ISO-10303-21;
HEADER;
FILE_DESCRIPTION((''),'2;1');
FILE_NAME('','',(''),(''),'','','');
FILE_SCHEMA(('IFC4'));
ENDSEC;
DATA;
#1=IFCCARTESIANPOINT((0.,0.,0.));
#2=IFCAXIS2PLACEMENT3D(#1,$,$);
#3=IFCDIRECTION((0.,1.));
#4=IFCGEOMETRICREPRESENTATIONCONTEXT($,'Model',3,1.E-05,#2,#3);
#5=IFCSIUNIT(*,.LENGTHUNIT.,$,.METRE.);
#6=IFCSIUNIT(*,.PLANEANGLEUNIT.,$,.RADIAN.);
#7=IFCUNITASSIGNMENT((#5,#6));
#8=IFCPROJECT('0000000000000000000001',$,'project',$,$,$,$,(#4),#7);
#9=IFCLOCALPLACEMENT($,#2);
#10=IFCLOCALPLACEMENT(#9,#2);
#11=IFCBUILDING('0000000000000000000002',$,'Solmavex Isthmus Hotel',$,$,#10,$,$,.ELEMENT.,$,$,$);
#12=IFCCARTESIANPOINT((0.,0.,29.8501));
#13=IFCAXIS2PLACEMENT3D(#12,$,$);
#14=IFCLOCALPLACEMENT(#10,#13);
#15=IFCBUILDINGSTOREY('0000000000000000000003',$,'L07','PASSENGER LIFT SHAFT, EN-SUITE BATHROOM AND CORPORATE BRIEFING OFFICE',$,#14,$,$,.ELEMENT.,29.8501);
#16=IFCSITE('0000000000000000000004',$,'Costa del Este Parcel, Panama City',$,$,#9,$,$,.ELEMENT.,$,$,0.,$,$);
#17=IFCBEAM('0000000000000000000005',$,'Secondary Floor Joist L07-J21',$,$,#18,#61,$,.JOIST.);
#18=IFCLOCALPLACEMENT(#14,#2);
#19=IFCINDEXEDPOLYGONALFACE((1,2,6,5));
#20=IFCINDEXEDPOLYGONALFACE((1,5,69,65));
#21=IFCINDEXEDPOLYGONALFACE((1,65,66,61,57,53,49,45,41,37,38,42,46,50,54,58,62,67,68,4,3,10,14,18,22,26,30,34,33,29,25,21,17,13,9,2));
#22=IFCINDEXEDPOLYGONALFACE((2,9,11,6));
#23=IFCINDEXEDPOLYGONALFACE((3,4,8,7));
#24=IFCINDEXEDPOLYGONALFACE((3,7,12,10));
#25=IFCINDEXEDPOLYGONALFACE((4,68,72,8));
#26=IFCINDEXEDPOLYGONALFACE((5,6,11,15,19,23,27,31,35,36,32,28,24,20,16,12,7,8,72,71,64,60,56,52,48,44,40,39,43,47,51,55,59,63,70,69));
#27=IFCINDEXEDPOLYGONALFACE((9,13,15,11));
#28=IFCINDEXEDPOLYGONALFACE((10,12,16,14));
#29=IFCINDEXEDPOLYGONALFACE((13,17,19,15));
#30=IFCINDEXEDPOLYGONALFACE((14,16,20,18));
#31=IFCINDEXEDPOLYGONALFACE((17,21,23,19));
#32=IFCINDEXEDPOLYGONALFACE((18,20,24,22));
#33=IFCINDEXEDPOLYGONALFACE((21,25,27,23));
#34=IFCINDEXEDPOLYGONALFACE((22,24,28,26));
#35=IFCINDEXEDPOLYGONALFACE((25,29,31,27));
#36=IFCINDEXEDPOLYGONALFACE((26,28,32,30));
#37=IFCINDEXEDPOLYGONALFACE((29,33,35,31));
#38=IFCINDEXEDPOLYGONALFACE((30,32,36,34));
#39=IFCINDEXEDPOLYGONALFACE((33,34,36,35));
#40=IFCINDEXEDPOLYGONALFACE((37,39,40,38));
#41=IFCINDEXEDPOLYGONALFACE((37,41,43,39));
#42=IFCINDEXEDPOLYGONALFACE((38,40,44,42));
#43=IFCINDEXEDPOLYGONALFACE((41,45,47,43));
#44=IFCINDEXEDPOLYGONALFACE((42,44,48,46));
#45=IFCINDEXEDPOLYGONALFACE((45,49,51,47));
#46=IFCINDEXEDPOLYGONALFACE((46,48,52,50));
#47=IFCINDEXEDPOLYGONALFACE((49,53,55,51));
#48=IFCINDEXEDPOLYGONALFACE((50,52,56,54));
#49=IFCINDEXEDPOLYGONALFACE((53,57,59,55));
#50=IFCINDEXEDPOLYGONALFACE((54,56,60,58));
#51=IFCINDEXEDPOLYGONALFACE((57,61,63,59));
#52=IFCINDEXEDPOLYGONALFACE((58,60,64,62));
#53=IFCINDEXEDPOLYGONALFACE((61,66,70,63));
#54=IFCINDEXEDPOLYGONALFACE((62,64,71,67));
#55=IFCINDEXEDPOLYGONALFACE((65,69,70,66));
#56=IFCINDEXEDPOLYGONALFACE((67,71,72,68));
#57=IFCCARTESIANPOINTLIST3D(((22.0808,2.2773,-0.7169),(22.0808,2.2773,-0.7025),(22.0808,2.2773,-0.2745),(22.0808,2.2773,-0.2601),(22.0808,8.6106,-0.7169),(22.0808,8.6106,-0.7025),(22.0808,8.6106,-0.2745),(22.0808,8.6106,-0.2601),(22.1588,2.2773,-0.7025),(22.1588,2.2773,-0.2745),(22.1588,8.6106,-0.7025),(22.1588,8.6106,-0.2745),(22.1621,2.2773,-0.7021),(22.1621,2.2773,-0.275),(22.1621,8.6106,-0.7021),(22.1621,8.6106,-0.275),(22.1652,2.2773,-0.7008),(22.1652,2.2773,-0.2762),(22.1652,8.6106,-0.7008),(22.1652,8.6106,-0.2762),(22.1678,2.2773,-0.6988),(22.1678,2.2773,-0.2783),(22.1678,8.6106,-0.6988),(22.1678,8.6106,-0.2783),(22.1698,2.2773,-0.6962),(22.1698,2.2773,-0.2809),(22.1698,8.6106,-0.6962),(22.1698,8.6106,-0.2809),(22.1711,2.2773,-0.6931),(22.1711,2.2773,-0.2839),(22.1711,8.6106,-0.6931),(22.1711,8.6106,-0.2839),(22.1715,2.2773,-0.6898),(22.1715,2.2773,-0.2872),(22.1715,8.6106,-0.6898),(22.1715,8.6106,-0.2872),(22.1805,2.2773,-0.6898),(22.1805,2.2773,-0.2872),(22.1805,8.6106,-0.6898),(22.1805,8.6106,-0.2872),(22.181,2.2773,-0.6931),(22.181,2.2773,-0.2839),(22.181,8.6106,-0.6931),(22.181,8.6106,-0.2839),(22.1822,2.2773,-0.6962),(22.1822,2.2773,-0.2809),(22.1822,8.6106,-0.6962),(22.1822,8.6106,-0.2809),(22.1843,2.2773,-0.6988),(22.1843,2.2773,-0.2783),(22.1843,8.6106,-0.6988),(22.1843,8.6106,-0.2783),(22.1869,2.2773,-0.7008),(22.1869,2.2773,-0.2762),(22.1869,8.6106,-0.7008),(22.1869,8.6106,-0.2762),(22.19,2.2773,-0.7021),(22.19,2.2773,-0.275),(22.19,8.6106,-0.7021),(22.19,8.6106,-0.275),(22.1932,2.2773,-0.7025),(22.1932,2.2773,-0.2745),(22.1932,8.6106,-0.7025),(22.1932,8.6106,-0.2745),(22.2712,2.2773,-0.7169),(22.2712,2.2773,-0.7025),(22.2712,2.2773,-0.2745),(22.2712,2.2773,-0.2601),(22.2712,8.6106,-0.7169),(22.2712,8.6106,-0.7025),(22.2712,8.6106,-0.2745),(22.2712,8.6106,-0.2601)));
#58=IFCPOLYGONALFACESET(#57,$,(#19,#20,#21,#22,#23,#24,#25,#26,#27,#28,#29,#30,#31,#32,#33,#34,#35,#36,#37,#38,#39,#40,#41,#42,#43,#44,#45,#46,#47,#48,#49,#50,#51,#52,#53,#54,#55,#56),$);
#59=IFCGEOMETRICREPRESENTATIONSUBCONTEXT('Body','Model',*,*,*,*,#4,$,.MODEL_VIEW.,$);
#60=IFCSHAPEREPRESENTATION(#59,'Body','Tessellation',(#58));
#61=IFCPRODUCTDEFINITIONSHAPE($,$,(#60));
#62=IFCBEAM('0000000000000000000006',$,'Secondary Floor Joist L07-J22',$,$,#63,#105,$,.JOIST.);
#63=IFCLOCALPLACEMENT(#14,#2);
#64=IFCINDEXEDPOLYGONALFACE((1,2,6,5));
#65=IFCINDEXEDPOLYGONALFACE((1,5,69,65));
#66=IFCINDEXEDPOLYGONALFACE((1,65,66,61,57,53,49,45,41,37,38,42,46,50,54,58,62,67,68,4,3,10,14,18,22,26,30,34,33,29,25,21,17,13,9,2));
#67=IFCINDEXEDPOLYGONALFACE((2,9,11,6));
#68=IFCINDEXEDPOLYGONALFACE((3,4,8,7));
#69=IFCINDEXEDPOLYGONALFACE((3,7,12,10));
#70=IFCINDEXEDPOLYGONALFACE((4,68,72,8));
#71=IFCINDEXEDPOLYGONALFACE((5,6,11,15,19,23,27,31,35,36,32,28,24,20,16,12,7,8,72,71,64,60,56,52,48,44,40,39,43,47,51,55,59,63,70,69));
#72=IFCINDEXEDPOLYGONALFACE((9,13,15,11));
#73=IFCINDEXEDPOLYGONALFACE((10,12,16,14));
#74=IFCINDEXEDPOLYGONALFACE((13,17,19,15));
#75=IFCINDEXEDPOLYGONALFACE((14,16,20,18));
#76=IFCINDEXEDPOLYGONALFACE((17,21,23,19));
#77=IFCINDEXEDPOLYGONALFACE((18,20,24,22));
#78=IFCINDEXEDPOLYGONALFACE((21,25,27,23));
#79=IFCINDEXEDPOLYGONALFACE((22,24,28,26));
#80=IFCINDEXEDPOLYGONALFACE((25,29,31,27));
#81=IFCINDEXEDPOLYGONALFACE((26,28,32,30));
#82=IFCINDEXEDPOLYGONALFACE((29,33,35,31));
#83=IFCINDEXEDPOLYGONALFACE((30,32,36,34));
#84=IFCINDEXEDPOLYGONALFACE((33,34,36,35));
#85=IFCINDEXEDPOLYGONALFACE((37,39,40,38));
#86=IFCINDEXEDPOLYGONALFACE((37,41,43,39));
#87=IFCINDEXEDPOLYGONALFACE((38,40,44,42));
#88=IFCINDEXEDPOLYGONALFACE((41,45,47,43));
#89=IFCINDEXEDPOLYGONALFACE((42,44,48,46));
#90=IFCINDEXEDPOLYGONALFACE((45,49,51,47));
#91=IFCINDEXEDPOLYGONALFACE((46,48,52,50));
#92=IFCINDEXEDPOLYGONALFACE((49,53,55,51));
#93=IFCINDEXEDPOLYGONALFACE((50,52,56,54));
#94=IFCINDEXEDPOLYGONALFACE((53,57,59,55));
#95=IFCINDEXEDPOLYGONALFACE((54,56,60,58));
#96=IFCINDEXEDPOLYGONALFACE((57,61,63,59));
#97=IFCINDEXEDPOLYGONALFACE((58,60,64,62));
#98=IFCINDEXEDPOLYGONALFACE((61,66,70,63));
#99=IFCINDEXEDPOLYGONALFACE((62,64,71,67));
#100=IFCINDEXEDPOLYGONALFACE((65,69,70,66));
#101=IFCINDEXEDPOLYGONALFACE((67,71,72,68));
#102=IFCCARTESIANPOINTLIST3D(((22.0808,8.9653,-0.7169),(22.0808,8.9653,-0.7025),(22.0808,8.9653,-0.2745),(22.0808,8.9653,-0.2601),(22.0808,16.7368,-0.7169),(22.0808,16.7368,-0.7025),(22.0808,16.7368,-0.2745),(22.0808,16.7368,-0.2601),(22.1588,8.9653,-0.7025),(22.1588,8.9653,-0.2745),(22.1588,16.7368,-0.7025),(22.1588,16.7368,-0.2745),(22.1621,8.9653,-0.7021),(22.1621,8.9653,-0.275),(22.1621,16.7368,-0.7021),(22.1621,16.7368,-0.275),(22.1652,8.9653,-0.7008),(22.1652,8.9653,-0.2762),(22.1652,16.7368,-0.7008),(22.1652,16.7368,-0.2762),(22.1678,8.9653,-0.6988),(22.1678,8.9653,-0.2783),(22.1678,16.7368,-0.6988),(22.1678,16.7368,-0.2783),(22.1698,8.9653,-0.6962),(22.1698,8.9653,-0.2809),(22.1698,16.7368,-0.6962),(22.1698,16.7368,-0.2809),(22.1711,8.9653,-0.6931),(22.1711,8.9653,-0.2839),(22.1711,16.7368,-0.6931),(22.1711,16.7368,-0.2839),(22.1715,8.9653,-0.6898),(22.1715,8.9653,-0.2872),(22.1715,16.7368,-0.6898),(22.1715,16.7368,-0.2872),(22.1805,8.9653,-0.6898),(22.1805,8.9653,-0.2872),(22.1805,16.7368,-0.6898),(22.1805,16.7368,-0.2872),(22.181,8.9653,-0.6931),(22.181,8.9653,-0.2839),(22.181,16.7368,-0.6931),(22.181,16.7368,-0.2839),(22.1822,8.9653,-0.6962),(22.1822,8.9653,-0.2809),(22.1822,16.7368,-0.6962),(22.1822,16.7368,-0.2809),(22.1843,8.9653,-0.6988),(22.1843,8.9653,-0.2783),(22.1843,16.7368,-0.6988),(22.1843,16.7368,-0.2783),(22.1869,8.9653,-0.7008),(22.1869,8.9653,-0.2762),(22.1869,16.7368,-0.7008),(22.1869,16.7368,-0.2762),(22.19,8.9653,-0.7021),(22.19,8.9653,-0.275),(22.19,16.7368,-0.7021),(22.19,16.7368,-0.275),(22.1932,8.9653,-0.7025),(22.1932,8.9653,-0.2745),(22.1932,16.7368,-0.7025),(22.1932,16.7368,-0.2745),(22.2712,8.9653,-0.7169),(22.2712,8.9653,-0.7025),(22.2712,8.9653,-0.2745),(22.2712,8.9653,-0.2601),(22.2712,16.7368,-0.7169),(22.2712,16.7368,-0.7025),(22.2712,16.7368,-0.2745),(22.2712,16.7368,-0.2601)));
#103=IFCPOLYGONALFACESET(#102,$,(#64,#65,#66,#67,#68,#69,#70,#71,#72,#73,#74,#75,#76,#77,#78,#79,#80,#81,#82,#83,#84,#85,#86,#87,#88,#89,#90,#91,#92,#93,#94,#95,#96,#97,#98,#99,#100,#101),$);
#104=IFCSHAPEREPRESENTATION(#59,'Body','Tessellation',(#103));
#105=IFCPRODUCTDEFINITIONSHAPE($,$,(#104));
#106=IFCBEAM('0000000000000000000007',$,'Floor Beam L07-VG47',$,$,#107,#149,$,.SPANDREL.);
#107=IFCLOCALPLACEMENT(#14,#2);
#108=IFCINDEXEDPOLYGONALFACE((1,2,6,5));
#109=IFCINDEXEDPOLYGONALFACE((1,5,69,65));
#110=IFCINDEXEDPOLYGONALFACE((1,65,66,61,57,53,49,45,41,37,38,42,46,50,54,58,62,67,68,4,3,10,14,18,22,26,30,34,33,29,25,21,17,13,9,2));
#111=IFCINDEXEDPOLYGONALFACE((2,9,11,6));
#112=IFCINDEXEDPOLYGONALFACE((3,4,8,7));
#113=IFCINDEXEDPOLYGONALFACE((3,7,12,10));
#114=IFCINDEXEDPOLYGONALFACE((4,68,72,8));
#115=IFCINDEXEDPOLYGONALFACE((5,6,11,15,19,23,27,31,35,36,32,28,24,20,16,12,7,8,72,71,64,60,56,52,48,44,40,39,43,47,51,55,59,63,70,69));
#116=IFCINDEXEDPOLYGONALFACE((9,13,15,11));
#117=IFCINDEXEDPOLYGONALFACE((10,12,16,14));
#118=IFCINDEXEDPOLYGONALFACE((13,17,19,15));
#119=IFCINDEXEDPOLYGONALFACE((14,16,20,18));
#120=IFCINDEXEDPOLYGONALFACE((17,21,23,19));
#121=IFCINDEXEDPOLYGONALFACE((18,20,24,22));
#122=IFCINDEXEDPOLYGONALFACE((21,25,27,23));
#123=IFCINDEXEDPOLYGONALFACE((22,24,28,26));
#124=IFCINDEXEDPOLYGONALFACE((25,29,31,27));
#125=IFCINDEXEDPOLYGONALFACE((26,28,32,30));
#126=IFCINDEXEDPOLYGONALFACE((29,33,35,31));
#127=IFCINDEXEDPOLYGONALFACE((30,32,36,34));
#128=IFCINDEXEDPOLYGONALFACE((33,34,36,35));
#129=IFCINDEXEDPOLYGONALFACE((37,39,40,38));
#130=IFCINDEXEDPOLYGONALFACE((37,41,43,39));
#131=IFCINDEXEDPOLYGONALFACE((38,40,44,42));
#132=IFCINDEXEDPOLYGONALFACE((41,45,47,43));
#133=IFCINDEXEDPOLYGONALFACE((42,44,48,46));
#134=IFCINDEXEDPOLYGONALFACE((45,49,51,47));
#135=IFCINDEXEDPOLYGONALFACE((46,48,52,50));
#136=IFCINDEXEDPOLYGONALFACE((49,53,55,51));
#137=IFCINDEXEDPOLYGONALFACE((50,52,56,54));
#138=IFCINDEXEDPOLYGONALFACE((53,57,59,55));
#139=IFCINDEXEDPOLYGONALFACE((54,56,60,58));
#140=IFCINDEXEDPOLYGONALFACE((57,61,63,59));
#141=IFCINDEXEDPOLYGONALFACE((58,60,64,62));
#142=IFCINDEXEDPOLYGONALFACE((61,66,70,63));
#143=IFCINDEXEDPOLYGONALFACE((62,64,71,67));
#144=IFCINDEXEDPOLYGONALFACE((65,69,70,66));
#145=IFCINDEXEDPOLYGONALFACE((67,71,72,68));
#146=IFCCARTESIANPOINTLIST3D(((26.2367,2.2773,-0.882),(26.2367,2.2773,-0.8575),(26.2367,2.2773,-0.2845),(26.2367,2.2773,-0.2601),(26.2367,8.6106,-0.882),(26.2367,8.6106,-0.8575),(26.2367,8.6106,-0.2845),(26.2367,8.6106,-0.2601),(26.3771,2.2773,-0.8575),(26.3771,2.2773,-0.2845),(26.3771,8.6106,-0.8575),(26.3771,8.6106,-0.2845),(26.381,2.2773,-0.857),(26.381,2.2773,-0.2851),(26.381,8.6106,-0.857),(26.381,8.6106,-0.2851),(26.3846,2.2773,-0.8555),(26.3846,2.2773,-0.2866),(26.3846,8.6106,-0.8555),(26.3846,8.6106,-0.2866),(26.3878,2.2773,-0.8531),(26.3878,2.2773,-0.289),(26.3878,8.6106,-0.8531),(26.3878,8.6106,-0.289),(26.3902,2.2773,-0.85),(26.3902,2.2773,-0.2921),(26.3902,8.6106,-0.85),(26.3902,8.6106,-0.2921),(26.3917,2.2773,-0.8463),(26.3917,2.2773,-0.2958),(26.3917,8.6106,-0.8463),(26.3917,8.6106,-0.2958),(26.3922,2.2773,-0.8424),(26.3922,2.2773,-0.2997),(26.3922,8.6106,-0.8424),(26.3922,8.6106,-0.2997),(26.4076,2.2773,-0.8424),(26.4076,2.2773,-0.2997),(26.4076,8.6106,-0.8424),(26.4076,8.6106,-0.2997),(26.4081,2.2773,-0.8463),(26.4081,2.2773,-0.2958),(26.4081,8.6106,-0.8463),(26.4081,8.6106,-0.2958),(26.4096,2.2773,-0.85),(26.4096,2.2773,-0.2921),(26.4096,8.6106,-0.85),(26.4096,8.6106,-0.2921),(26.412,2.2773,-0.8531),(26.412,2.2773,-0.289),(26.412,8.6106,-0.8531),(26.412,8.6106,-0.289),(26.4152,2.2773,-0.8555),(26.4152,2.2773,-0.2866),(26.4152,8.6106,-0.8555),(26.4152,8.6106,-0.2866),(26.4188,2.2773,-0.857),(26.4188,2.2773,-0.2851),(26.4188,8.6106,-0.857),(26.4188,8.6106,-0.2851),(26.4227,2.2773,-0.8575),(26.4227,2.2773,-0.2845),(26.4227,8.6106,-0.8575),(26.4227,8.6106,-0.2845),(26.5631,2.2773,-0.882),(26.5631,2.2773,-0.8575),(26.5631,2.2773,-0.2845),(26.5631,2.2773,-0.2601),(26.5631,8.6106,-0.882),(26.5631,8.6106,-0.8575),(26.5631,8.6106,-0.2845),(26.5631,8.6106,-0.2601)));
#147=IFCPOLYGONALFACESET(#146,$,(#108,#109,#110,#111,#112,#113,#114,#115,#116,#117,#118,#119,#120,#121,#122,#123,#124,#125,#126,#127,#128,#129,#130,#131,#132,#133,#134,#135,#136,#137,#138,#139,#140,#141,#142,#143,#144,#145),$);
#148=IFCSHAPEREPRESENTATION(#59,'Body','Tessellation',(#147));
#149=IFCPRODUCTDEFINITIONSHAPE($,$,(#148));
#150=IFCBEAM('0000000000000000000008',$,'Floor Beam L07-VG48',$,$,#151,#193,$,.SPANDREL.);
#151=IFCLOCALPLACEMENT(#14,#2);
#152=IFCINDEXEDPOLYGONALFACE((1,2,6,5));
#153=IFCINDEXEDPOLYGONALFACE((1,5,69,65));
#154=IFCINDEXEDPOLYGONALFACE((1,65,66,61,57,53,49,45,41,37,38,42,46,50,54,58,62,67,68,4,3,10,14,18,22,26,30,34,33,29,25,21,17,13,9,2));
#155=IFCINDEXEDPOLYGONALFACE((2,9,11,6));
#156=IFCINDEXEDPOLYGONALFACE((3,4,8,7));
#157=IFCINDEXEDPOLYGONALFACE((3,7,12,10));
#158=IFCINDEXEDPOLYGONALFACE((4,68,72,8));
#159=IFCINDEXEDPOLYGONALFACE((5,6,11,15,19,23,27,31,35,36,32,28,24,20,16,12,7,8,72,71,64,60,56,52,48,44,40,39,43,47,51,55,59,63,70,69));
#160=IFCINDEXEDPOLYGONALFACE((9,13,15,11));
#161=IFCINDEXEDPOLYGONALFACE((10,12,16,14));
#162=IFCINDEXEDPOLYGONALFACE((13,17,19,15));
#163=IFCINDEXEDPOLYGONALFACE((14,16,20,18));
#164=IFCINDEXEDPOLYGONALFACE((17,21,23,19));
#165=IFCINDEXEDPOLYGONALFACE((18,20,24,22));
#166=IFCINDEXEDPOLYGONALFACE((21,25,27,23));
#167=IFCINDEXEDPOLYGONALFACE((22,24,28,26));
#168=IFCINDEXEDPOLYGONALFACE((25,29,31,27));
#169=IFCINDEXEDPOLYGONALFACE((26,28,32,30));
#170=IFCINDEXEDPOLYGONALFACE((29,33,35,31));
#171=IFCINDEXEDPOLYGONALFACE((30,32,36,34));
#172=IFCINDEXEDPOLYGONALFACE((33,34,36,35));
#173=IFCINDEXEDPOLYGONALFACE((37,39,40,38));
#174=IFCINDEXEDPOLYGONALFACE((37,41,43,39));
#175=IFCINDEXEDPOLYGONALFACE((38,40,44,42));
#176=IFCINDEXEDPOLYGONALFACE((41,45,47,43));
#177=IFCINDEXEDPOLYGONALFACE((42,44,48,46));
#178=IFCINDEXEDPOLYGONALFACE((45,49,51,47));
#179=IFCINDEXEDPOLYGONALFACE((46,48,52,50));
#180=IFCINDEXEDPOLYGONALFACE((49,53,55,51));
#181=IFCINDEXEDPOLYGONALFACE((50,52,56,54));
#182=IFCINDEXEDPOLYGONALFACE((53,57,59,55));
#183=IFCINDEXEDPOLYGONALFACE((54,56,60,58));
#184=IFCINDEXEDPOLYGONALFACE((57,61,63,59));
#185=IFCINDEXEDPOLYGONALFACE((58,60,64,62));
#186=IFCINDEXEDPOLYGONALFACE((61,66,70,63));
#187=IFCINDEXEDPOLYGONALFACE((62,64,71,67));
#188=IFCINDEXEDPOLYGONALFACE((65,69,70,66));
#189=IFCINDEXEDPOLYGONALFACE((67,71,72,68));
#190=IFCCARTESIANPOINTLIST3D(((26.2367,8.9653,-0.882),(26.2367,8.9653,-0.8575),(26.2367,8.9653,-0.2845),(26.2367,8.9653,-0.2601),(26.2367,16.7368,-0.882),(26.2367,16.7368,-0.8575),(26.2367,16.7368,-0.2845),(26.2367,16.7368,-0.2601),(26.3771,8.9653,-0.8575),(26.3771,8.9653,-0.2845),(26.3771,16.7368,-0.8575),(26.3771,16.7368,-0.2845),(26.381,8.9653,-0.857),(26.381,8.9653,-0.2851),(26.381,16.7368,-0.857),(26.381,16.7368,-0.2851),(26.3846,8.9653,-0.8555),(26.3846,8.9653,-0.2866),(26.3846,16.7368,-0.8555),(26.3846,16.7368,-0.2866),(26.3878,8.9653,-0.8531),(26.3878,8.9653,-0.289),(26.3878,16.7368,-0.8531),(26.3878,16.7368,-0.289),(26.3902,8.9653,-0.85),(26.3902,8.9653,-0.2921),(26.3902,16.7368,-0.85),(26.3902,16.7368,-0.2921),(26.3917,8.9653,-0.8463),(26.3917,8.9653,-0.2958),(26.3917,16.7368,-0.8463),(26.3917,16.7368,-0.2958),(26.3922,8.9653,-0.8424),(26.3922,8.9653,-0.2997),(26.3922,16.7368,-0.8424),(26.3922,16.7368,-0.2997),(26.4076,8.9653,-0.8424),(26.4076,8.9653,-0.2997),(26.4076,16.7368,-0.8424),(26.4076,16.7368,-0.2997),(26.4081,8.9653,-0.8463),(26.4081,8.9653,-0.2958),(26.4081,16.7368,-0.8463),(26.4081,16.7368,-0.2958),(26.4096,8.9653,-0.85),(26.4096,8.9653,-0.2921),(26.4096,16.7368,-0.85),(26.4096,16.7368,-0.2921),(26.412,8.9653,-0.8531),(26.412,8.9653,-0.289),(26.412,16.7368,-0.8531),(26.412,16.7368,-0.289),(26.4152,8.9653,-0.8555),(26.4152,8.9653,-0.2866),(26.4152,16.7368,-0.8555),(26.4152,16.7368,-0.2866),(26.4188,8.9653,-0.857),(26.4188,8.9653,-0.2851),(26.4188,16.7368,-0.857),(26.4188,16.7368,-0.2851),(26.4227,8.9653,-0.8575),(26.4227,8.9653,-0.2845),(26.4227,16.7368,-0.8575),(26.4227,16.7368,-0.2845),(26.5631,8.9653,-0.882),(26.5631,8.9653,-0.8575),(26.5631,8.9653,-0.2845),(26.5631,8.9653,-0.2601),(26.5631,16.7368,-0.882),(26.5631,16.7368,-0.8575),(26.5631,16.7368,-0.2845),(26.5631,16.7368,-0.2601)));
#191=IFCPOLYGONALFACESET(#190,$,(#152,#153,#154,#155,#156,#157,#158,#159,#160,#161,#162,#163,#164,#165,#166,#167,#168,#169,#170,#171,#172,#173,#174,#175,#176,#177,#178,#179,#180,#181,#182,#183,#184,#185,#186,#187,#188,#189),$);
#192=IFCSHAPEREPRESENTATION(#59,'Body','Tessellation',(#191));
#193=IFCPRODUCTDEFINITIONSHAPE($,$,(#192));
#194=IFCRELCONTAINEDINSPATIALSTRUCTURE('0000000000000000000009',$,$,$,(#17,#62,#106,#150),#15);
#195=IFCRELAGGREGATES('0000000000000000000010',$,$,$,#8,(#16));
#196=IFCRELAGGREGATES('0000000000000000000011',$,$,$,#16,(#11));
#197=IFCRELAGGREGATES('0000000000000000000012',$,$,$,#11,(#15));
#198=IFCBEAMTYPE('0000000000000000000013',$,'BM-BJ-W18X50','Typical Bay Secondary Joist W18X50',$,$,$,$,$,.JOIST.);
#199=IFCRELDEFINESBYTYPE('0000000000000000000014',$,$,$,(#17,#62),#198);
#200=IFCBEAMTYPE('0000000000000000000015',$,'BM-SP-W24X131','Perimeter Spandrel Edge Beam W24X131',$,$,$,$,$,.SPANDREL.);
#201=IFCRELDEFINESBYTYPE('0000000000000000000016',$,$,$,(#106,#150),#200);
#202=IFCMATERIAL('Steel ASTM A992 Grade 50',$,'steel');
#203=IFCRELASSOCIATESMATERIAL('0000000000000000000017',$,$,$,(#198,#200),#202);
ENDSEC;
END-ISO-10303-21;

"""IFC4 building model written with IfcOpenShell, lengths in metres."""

from ifc_helpers import new_model, si_unit, direction, frame, origin, origin_2d, place, context, subcontext, project, spatial, i_section, extrude, material, material_profile, profile_set, type_object, element, save


model = new_model("IFC4")

# Units and contexts
model_context = context("Model", 3, precision=1e-05, world=origin(), true_north=direction((0.0, 1.0)))
body_context = subcontext(model_context, "Body", "Model", "MODEL_VIEW")
ifc_project = project(units=[si_unit("LENGTHUNIT", "METRE"), si_unit("PLANEANGLEUNIT", "RADIAN")], contexts=[model_context])

# Site, building, storey
site_placement = place(None, origin())
site = spatial("IfcSite", under=ifc_project, at=site_placement, Name="Costa del Este Parcel, Panama City", CompositionType="ELEMENT", RefElevation=0.0)
building_placement = place(site_placement, origin())
building = spatial("IfcBuilding", under=site, at=building_placement, Name="Solmavex Isthmus Hotel", CompositionType="ELEMENT")
storey_placement = place(building_placement, frame((0.0, 0.0, 29.8501)))
storey = spatial("IfcBuildingStorey", under=building, at=storey_placement, Name="L07", Description="PASSENGER LIFT SHAFT, EN-SUITE BATHROOM AND CORPORATE BRIEFING OFFICE", CompositionType="ELEMENT", Elevation=29.8501)

# Beams
ifc_material_1 = material(Name="Steel ASTM A992 Grade 50", Category="steel")
ifc_material_profile_1 = material_profile(ifc_material_1, i_section(OverallWidth=0.1904, OverallDepth=0.4568, WebThickness=0.009, FlangeThickness=0.0144, FilletRadius=0.0127, at=origin_2d()), Name="W18X50")
ifc_profile_set_1 = profile_set([ifc_material_profile_1], Name="Steel ASTM A992 Grade 50")
beam_type_1 = type_object("IfcBeamType", Name="BM-BJ-W18X50", Description="Typical Bay Secondary Joist W18X50", PredefinedType="JOIST", material=ifc_profile_set_1)
beam_1_placement = place(storey_placement, frame((22.176, 2.2773, -0.4885), z_axis=(0.0, 1.0, 0.0), x_axis=(-1.0, 0.0, 0.0)))
element("IfcBeam", 1, at=beam_1_placement, inside=storey, type_object=beam_type_1, Name="Secondary Floor Joist L07-J21", PredefinedType="JOIST", context=body_context, shape_type="SweptSolid", body=[
    extrude(i_section(OverallWidth=0.1904, OverallDepth=0.4568, WebThickness=0.009, FlangeThickness=0.0144, FilletRadius=0.0127, at=origin_2d()), origin(), (0.0, 0.0, 1.0), 6.3333),
])
beam_2_placement = place(storey_placement, frame((22.176, 8.9653, -0.4885), z_axis=(0.0, 1.0, 0.0), x_axis=(-1.0, 0.0, 0.0)))
element("IfcBeam", 2, at=beam_2_placement, inside=storey, type_object=beam_type_1, Name="Secondary Floor Joist L07-J22", PredefinedType="JOIST", context=body_context, shape_type="SweptSolid", body=[
    extrude(i_section(OverallWidth=0.1904, OverallDepth=0.4568, WebThickness=0.009, FlangeThickness=0.0144, FilletRadius=0.0127, at=origin_2d()), origin(), (0.0, 0.0, 1.0), 7.7715),
])
ifc_material_profile_2 = material_profile(ifc_material_1, i_section(OverallWidth=0.3264, OverallDepth=0.6218, WebThickness=0.0154, FlangeThickness=0.0244, FilletRadius=0.0151, at=origin_2d()), Name="W24X131")
ifc_profile_set_2 = profile_set([ifc_material_profile_2], Name="Steel ASTM A992 Grade 50")
beam_type_2 = type_object("IfcBeamType", Name="BM-SP-W24X131", Description="Perimeter Spandrel Edge Beam W24X131", PredefinedType="SPANDREL", material=ifc_profile_set_2)
beam_3_placement = place(storey_placement, frame((26.3999, 2.2773, -0.571), z_axis=(0.0, 1.0, 0.0), x_axis=(-1.0, 0.0, 0.0)))
element("IfcBeam", 3, at=beam_3_placement, inside=storey, type_object=beam_type_2, Name="Floor Beam L07-VG47", PredefinedType="SPANDREL", context=body_context, shape_type="SweptSolid", body=[
    extrude(i_section(OverallWidth=0.3264, OverallDepth=0.6218, WebThickness=0.0154, FlangeThickness=0.0244, FilletRadius=0.0151, at=origin_2d()), origin(), (0.0, 0.0, 1.0), 6.3333),
])
beam_4_placement = place(storey_placement, frame((26.3999, 8.9653, -0.571), z_axis=(0.0, 1.0, 0.0), x_axis=(-1.0, 0.0, 0.0)))
element("IfcBeam", 4, at=beam_4_placement, inside=storey, type_object=beam_type_2, Name="Floor Beam L07-VG48", PredefinedType="SPANDREL", context=body_context, shape_type="SweptSolid", body=[
    extrude(i_section(OverallWidth=0.3264, OverallDepth=0.6218, WebThickness=0.0154, FlangeThickness=0.0244, FilletRadius=0.0151, at=origin_2d()), origin(), (0.0, 0.0, 1.0), 7.7715),
])

save(model, "model.ifc")
